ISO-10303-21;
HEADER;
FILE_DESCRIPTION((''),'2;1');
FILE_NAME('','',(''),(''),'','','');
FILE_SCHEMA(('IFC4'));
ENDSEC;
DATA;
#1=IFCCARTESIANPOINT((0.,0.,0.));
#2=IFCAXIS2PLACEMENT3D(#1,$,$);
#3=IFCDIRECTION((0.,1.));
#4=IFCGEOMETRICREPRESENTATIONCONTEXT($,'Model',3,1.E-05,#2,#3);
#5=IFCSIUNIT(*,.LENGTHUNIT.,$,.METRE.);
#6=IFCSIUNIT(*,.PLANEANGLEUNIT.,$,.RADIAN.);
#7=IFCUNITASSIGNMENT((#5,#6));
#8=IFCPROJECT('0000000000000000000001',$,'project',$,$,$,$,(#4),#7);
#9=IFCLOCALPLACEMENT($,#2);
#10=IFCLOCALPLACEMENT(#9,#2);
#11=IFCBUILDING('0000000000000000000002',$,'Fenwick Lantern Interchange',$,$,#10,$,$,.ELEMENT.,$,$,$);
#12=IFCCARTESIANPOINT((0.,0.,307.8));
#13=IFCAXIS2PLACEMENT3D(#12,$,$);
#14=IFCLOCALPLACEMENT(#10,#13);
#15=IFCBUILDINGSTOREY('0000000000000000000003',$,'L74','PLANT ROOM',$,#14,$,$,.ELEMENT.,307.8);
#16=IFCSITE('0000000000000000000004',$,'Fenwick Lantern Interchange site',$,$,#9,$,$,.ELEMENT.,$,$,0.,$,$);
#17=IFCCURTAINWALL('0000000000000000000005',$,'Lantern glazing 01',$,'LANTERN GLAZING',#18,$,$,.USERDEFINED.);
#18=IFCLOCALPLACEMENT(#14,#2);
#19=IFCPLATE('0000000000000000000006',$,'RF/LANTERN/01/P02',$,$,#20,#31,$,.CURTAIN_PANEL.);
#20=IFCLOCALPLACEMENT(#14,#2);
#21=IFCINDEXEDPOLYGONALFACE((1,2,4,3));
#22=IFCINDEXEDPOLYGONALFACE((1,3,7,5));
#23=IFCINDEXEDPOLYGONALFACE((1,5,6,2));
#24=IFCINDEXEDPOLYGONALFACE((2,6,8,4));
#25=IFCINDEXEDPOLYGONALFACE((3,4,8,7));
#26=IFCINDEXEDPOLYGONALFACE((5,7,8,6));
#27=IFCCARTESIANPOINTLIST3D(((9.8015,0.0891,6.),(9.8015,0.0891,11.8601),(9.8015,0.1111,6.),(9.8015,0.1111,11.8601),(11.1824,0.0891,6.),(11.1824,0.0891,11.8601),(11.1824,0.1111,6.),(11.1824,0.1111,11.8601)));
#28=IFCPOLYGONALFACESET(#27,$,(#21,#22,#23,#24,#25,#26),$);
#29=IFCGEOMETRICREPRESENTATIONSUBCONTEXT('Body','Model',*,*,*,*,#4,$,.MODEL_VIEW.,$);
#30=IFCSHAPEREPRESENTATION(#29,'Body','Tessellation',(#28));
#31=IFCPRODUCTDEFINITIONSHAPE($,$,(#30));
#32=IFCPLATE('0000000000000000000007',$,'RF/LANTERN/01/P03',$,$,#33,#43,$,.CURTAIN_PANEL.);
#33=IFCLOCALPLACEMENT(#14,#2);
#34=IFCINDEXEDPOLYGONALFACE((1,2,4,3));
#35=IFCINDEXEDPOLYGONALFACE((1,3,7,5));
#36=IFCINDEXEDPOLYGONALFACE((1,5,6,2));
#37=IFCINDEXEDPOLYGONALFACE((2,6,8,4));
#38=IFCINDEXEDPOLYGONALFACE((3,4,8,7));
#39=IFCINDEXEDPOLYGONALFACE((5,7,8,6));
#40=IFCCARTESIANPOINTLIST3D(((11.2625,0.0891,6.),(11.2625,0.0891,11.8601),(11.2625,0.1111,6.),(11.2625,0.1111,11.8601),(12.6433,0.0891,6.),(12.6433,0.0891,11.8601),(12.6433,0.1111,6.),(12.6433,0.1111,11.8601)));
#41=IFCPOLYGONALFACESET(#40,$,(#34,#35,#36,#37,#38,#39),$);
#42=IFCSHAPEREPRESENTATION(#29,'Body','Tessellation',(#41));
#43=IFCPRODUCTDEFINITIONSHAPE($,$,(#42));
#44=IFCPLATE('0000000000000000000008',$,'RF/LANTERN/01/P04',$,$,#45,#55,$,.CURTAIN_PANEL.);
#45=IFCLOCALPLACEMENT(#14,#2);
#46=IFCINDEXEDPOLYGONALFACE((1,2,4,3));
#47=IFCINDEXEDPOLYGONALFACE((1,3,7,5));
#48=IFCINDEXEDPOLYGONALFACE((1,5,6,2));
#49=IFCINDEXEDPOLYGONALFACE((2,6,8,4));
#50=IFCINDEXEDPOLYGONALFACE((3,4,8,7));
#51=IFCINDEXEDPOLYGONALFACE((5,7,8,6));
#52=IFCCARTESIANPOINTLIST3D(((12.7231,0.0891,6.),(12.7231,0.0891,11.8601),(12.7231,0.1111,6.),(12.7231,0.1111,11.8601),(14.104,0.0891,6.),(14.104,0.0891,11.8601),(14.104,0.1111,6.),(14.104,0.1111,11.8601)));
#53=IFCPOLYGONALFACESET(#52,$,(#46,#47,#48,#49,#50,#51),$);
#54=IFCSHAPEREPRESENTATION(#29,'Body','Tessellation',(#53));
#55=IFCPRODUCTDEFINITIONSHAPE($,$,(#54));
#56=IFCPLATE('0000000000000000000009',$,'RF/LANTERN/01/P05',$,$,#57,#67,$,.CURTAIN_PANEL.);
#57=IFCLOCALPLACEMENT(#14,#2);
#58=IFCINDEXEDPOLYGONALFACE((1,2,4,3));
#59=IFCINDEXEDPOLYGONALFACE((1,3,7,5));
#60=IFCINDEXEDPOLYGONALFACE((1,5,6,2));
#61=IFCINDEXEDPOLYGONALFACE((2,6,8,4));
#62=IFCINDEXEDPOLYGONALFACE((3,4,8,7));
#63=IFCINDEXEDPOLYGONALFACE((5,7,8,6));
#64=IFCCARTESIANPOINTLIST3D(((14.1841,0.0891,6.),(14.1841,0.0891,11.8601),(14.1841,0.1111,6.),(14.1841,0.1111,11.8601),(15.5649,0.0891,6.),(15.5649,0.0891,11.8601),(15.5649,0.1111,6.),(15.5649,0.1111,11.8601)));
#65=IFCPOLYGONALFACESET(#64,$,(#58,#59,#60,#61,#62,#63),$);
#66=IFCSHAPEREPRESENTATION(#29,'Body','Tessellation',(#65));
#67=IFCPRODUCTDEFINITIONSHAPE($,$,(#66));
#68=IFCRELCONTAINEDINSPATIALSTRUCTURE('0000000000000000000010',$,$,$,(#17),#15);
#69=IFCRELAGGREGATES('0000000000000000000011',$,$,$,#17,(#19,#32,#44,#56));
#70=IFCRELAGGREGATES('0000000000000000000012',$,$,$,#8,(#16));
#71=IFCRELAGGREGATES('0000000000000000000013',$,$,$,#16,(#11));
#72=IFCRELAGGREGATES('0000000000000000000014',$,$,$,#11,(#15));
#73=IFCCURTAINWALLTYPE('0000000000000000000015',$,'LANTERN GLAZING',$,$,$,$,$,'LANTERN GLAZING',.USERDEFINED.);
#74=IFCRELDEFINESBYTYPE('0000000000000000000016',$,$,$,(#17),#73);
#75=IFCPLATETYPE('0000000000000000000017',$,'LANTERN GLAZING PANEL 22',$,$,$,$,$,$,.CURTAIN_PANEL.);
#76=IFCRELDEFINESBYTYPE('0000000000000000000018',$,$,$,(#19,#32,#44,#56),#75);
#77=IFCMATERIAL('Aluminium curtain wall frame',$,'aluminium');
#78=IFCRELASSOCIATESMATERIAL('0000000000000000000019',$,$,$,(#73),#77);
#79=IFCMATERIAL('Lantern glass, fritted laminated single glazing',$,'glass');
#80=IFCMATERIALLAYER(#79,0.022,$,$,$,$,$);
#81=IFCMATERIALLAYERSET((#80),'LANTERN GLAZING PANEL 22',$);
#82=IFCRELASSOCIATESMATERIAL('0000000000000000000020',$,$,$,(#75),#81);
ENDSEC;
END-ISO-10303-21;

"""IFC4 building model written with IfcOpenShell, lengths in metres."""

from ifc_helpers import new_model, si_unit, direction, frame, origin, origin_2d, place, context, subcontext, project, spatial, rectangle, extrude, material, layer, layer_set, type_object, element, aggregate, save


model = new_model("IFC4")

# Units and contexts
model_context = context("Model", 3, precision=1e-05, world=origin(), true_north=direction((0.0, 1.0)))
body_context = subcontext(model_context, "Body", "Model", "MODEL_VIEW")
ifc_project = project(units=[si_unit("LENGTHUNIT", "METRE"), si_unit("PLANEANGLEUNIT", "RADIAN")], contexts=[model_context])

# Site, building, storey
site_placement = place(None, origin())
site = spatial("IfcSite", under=ifc_project, at=site_placement, Name="Fenwick Lantern Interchange site", CompositionType="ELEMENT", RefElevation=0.0)
building_placement = place(site_placement, origin())
building = spatial("IfcBuilding", under=site, at=building_placement, Name="Fenwick Lantern Interchange", CompositionType="ELEMENT")
storey_placement = place(building_placement, frame((0.0, 0.0, 307.8)))
storey = spatial("IfcBuildingStorey", under=building, at=storey_placement, Name="L74", Description="PLANT ROOM", CompositionType="ELEMENT", Elevation=307.8)

# Curtain wall
ifc_material_1 = material(Name="Aluminium curtain wall frame", Category="aluminium")
curtain_wall_type = type_object("IfcCurtainWallType", Name="LANTERN GLAZING", ElementType="LANTERN GLAZING", PredefinedType="USERDEFINED", material=ifc_material_1)
curtain_wall_1_placement = place(storey_placement, origin())
curtain_wall_1 = element("IfcCurtainWall", 1, at=curtain_wall_1_placement, inside=storey, type_object=curtain_wall_type, Name="Lantern glazing 01", ObjectType="LANTERN GLAZING", PredefinedType="USERDEFINED")

# Plates
ifc_material_2 = material(Name="Lantern glass, fritted laminated single glazing", Category="glass")
ifc_layer_1 = layer(ifc_material_2, 0.022)
ifc_layer_set_1 = layer_set([ifc_layer_1], Name="LANTERN GLAZING PANEL 22")
plate_type = type_object("IfcPlateType", Name="LANTERN GLAZING PANEL 22", PredefinedType="CURTAIN_PANEL", material=ifc_layer_set_1)
plate_1_placement = place(storey_placement, frame((10.4919, 0.1001, 6.0), z_axis=(0.0, 0.0, 1.0), x_axis=(1.0, 0.0, 0.0)))
plate_1 = element("IfcPlate", 2, at=plate_1_placement, type_object=plate_type, Name="RF/LANTERN/01/P02", PredefinedType="CURTAIN_PANEL", context=body_context, shape_type="SweptSolid", body=[
    extrude(rectangle(XDim=1.3809, YDim=0.022, at=origin_2d()), origin(), (0.0, 0.0, 1.0), 5.8601),
])
plate_2_placement = place(storey_placement, frame((11.9529, 0.1001, 6.0), z_axis=(0.0, 0.0, 1.0), x_axis=(1.0, 0.0, 0.0)))
plate_2 = element("IfcPlate", 3, at=plate_2_placement, type_object=plate_type, Name="RF/LANTERN/01/P03", PredefinedType="CURTAIN_PANEL", context=body_context, shape_type="SweptSolid", body=[
    extrude(rectangle(XDim=1.3809, YDim=0.022, at=origin_2d()), origin(), (0.0, 0.0, 1.0), 5.8601),
])
plate_3_placement = place(storey_placement, frame((13.4136, 0.1001, 6.0), z_axis=(0.0, 0.0, 1.0), x_axis=(1.0, 0.0, 0.0)))
plate_3 = element("IfcPlate", 4, at=plate_3_placement, type_object=plate_type, Name="RF/LANTERN/01/P04", PredefinedType="CURTAIN_PANEL", context=body_context, shape_type="SweptSolid", body=[
    extrude(rectangle(XDim=1.3809, YDim=0.022, at=origin_2d()), origin(), (0.0, 0.0, 1.0), 5.8601),
])
plate_4_placement = place(storey_placement, frame((14.8745, 0.1001, 6.0), z_axis=(0.0, 0.0, 1.0), x_axis=(1.0, 0.0, 0.0)))
plate_4 = element("IfcPlate", 5, at=plate_4_placement, type_object=plate_type, Name="RF/LANTERN/01/P05", PredefinedType="CURTAIN_PANEL", context=body_context, shape_type="SweptSolid", body=[
    extrude(rectangle(XDim=1.3809, YDim=0.022, at=origin_2d()), origin(), (0.0, 0.0, 1.0), 5.8601),
])
aggregate(curtain_wall_1, [plate_1, plate_2, plate_3, plate_4])

save(model, "model.ifc")
